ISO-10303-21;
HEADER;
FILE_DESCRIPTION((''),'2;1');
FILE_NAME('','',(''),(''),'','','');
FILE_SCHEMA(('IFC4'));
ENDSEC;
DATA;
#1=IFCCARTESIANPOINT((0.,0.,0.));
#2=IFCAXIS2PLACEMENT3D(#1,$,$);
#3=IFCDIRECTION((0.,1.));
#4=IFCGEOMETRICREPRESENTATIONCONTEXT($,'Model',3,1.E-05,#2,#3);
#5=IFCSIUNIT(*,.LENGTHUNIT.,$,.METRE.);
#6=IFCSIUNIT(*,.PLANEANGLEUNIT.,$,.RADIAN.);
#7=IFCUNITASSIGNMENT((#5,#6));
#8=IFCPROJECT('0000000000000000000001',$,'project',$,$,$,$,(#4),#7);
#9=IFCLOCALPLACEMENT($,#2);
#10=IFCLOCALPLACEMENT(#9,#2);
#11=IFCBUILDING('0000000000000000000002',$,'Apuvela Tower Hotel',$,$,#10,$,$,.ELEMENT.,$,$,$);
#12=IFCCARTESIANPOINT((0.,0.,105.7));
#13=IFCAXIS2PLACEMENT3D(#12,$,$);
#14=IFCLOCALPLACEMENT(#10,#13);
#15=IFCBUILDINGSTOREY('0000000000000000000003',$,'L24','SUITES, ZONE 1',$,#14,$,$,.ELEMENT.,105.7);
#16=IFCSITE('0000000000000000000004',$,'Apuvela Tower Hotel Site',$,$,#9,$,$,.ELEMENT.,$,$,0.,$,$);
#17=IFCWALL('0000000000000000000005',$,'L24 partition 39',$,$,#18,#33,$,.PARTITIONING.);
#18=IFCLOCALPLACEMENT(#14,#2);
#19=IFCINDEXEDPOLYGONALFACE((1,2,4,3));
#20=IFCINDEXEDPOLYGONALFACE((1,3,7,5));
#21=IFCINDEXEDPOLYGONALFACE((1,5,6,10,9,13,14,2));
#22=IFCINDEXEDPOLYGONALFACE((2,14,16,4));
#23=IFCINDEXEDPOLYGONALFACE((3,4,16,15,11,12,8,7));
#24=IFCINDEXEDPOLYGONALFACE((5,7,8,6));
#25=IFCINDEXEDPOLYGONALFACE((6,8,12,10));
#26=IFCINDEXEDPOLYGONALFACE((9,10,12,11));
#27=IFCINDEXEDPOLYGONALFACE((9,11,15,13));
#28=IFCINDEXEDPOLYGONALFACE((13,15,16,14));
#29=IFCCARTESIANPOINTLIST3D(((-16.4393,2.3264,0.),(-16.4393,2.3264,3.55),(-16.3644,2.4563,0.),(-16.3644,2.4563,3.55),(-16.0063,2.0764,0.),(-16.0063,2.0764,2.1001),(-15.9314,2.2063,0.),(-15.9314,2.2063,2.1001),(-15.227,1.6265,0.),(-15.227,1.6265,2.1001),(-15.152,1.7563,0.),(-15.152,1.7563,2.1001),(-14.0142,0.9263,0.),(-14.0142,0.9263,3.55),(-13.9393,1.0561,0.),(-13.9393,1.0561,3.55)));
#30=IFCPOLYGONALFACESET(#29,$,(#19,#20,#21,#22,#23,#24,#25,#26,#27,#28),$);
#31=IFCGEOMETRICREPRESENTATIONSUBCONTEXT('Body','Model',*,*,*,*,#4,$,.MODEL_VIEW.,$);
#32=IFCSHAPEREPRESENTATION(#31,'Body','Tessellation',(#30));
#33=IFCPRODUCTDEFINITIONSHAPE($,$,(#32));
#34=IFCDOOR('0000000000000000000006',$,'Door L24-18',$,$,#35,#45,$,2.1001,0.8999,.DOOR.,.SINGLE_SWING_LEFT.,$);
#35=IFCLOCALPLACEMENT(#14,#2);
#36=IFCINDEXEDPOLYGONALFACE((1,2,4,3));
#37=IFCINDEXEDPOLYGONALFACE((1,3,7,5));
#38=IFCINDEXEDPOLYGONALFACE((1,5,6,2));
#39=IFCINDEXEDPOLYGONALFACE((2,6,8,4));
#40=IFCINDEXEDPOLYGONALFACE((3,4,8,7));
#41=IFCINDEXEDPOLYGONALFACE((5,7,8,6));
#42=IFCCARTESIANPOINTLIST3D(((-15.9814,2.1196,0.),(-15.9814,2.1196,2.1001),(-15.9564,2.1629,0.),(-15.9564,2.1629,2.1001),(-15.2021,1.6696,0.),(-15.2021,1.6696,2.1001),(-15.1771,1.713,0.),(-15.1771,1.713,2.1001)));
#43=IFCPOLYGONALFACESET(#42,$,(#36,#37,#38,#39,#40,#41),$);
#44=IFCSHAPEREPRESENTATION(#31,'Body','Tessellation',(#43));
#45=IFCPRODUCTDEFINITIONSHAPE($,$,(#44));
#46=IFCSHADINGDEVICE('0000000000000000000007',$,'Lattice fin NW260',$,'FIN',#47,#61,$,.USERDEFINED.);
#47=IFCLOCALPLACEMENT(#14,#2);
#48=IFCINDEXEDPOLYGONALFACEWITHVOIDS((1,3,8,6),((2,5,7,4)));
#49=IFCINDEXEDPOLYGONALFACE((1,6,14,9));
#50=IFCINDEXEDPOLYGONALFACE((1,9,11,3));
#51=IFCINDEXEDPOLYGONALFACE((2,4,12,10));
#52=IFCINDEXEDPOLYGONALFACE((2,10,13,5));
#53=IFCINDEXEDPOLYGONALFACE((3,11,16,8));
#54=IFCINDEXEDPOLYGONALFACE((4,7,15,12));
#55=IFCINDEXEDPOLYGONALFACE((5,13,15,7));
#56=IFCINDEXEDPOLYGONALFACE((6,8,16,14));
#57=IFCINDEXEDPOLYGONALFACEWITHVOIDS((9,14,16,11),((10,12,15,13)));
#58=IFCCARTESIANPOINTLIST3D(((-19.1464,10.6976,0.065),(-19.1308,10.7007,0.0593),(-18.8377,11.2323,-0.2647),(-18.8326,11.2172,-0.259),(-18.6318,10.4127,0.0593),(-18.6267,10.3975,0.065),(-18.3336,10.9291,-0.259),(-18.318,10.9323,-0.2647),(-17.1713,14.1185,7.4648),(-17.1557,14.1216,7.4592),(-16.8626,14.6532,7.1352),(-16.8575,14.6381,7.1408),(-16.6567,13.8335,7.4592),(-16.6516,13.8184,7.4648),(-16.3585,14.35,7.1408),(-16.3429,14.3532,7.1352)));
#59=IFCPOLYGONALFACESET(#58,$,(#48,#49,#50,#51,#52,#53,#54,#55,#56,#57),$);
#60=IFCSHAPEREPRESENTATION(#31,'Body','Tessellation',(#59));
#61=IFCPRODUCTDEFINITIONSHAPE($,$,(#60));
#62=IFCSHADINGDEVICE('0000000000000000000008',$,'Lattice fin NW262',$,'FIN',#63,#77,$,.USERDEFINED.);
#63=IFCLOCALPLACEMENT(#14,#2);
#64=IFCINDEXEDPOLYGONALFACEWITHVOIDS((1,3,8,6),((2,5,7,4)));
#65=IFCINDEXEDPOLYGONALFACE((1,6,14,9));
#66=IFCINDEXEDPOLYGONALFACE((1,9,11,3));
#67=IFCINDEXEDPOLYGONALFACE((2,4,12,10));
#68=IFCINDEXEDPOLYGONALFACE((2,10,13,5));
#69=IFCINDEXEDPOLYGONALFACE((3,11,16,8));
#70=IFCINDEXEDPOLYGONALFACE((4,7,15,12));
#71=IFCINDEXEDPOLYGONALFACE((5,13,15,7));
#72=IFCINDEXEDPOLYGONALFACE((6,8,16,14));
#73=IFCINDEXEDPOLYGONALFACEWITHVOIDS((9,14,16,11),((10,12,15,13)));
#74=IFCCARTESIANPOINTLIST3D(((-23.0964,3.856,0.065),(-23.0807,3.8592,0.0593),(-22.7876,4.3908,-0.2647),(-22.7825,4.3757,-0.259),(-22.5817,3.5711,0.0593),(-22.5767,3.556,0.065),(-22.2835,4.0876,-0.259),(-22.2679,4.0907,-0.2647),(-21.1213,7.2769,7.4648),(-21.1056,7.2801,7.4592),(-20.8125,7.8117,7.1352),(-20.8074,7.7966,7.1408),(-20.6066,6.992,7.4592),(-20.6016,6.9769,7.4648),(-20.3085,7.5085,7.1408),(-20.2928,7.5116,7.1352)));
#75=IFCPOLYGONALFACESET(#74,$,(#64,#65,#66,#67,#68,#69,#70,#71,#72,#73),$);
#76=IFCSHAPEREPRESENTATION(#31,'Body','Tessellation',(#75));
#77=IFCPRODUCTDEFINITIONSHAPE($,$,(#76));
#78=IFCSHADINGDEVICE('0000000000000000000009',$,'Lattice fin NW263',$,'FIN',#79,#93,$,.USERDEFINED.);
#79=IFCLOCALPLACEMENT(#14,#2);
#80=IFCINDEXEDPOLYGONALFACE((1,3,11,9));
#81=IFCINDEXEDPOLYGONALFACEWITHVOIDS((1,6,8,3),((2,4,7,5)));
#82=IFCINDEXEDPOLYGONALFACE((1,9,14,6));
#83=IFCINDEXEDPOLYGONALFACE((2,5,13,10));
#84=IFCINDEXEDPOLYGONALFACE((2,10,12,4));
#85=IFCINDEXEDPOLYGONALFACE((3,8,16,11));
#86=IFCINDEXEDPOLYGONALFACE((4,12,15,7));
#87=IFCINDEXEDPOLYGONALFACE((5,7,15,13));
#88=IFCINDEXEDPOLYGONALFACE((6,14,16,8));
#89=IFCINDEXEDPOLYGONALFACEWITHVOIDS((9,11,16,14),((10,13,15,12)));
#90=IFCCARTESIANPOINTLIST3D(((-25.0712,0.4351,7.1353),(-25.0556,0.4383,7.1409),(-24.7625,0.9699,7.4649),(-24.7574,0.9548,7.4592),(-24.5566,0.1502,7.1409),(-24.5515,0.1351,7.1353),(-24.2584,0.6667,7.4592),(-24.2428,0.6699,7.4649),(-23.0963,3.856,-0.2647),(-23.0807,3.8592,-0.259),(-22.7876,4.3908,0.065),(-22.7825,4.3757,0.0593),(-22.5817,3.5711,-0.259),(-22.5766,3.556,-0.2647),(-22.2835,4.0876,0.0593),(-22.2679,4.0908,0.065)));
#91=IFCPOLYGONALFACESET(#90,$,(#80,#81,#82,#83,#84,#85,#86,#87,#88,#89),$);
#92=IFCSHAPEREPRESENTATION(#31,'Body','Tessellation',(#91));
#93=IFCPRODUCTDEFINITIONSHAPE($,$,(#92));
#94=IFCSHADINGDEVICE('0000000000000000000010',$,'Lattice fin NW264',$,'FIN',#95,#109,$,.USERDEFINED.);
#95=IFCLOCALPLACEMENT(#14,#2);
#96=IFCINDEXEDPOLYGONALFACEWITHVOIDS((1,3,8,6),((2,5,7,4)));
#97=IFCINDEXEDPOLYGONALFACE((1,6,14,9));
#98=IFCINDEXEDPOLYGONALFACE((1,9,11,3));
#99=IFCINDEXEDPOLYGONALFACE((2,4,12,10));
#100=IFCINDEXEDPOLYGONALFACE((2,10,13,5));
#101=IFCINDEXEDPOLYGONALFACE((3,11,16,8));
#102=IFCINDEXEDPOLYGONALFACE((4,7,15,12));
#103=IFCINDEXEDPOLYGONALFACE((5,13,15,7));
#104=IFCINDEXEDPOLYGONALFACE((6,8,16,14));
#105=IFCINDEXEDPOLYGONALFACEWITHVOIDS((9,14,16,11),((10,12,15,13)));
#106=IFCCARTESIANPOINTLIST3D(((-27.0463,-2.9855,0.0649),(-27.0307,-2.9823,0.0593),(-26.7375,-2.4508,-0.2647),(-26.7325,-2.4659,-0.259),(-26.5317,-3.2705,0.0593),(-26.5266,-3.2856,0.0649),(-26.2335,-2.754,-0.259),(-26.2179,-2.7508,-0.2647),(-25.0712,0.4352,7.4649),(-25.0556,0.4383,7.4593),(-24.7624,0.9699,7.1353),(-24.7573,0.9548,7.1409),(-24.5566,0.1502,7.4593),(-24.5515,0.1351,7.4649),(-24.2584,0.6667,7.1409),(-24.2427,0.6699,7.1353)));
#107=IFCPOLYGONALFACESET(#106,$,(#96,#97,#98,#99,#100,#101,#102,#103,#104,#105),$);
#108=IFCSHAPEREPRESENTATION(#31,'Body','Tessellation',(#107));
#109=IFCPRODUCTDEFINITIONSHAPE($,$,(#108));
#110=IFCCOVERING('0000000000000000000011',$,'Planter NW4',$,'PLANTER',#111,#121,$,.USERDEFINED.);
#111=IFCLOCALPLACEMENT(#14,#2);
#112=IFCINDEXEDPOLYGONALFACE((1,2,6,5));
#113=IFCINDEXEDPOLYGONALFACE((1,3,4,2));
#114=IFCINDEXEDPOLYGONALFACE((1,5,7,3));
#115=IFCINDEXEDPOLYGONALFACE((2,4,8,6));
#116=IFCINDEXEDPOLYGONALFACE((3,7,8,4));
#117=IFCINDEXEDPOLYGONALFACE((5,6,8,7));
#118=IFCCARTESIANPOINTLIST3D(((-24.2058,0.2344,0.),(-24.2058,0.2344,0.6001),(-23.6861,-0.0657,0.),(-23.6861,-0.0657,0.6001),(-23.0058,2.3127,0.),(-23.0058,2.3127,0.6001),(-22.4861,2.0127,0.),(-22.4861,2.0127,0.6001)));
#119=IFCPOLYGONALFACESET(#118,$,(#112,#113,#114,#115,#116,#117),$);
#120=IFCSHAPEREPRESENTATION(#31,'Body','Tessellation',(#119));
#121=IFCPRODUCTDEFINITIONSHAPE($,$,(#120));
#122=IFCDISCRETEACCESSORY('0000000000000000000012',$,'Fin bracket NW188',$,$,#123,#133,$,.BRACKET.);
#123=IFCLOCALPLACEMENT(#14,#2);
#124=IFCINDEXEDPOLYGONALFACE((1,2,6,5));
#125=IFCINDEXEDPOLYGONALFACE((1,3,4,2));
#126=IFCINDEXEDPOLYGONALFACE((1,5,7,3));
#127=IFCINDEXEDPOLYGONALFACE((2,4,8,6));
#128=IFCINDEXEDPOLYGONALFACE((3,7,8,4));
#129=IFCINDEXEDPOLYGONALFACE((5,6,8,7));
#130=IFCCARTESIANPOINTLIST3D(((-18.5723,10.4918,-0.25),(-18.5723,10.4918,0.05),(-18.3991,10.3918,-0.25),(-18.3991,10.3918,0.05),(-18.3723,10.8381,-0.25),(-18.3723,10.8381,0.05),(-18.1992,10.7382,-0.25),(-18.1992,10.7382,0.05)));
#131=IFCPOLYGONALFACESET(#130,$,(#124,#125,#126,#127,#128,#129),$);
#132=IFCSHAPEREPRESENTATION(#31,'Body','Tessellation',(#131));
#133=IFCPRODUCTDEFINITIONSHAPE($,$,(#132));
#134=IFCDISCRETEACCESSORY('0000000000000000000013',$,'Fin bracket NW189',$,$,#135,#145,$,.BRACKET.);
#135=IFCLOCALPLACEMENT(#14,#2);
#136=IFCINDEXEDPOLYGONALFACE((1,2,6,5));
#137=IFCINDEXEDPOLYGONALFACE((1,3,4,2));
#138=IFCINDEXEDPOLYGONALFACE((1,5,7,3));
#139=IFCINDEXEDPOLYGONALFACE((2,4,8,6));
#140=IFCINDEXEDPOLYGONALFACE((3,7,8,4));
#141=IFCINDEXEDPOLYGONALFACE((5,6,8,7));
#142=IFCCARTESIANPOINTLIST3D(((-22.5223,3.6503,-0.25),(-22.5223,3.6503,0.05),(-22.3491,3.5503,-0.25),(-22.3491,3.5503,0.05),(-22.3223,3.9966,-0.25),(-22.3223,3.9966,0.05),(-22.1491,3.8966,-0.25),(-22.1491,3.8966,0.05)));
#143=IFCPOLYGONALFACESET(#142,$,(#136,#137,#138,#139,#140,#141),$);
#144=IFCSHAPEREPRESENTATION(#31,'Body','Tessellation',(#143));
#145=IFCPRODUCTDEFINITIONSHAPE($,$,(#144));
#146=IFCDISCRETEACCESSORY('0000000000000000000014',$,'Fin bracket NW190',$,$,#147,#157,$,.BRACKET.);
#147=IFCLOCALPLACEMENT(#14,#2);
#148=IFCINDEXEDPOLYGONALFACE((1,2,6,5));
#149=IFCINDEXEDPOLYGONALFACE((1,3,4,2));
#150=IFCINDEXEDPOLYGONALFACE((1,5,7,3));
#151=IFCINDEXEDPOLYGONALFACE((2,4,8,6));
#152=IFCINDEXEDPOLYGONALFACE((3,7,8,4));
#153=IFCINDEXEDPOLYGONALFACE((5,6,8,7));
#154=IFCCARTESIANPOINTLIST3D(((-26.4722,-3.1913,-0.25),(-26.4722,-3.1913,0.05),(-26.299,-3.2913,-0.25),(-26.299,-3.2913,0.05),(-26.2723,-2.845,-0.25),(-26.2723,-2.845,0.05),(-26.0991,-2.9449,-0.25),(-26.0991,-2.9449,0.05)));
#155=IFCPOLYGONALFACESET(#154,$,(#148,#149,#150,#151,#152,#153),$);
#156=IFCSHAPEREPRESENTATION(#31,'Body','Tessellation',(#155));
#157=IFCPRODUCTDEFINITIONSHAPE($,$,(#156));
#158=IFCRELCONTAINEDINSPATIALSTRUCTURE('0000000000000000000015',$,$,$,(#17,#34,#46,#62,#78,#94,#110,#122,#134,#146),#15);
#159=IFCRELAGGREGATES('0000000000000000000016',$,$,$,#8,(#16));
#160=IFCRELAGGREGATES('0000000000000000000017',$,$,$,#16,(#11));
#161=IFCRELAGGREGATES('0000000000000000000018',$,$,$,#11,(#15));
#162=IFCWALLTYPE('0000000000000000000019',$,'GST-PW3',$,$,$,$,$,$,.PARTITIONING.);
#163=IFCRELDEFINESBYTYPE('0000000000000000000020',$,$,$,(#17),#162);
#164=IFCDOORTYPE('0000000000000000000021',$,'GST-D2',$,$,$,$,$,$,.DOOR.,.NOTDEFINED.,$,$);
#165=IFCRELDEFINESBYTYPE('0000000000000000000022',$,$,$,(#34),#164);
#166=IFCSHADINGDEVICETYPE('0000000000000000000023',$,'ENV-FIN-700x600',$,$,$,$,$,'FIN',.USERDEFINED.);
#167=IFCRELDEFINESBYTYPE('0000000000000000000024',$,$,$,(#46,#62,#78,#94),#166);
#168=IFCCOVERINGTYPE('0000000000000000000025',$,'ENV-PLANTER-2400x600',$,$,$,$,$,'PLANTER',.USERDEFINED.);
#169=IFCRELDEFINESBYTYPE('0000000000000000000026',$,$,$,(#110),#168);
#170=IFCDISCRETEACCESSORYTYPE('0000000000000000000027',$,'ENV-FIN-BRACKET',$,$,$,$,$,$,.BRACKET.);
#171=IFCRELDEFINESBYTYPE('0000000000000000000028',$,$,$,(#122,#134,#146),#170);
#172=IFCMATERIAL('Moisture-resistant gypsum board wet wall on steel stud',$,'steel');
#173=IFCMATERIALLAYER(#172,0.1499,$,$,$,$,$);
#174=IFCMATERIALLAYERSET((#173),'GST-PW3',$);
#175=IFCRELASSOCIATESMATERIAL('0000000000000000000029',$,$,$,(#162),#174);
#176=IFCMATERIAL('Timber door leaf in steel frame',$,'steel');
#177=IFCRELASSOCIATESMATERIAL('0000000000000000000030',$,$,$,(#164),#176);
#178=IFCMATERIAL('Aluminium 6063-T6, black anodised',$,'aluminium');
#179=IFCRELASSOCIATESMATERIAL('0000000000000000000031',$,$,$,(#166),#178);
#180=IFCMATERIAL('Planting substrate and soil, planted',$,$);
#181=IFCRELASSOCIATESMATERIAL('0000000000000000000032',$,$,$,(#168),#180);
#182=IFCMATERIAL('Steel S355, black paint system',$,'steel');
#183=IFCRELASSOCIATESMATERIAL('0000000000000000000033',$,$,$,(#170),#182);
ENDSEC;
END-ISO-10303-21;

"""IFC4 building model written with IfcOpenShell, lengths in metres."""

from ifc_helpers import new_model, si_unit, direction, frame, frame_2d, origin, origin_2d, place, context, subcontext, project, spatial, rectangle, hollow_rectangle, extrude, material, layer, layer_set, material_profile, profile_set, type_object, element, fill, save


model = new_model("IFC4")

# Units and contexts
model_context = context("Model", 3, precision=1e-05, world=origin(), true_north=direction((0.0, 1.0)))
body_context = subcontext(model_context, "Body", "Model", "MODEL_VIEW")
ifc_project = project(units=[si_unit("LENGTHUNIT", "METRE"), si_unit("PLANEANGLEUNIT", "RADIAN")], contexts=[model_context])

# Site, building, storey
site_placement = place(None, origin())
site = spatial("IfcSite", under=ifc_project, at=site_placement, Name="Apuvela Tower Hotel Site", CompositionType="ELEMENT", RefElevation=0.0)
building_placement = place(site_placement, origin())
building = spatial("IfcBuilding", under=site, at=building_placement, Name="Apuvela Tower Hotel", CompositionType="ELEMENT")
storey_placement = place(building_placement, frame((0.0, 0.0, 105.7)))
storey = spatial("IfcBuildingStorey", under=building, at=storey_placement, Name="L24", Description="SUITES, ZONE 1", CompositionType="ELEMENT", Elevation=105.7)

# Wall, opening, door
ifc_material_1 = material(Name="Moisture-resistant gypsum board wet wall on steel stud", Category="steel")
ifc_layer_1 = layer(ifc_material_1, 0.1499)
ifc_layer_set_1 = layer_set([ifc_layer_1], Name="GST-PW3")
wall_type_1 = type_object("IfcWallType", Name="GST-PW3", PredefinedType="PARTITIONING", material=ifc_layer_set_1)
wall_1_placement = place(storey_placement, frame((-16.4019, 2.3914, 0.0), z_axis=(0.0, 0.0, 1.0), x_axis=(0.866019, -0.500012, 0.0)))
wall_1 = element("IfcWall", 1, at=wall_1_placement, inside=storey, type_object=wall_type_1, Name="L24 partition 39", PredefinedType="PARTITIONING", context=body_context, shape_type="SweptSolid", body=[
    extrude(rectangle(XDim=2.8003, YDim=0.1499, at=frame_2d((1.4001, 0.0))), origin(), (0.0, 0.0, 1.0), 3.55),
])
opening_1_placement = place(wall_1_placement, frame((0.5, 0.0, 0.0)))
opening_1 = element("IfcOpeningElement", 2, at=opening_1_placement, cuts=wall_1, PredefinedType="OPENING", context=body_context, shape_type="SweptSolid", body=[
    extrude(rectangle(XDim=0.8999, YDim=2.1001, at=frame_2d((0.45, 1.05))), frame((0.0, 0.085, 0.0), z_axis=(0.0, -1.0, 0.0), x_axis=(1.0, 0.0, 0.0)), (0.0, 0.0, 1.0), 0.1699),
])
ifc_material_2 = material(Name="Timber door leaf in steel frame", Category="steel")
door_type_1 = type_object("IfcDoorType", Name="GST-D2", OperationType="NOTDEFINED", PredefinedType="DOOR", material=ifc_material_2)
door_1_placement = place(opening_1_placement, origin())
door_1 = element("IfcDoor", 3, at=door_1_placement, inside=storey, type_object=door_type_1, Name="Door L24-18", OperationType="SINGLE_SWING_LEFT", OverallHeight=2.1001, OverallWidth=0.8999, PredefinedType="DOOR", context=body_context, shape_type="SweptSolid", body=[
    extrude(rectangle(XDim=0.8999, YDim=2.1001, at=frame_2d((0.45, 1.05))), frame((0.0, 0.0249, 0.0), z_axis=(0.0, -1.0, 0.0), x_axis=(1.0, 0.0, 0.0)), (0.0, 0.0, 1.0), 0.05),
])
fill(opening_1, door_1)

# Shading devices
ifc_material_3 = material(Name="Aluminium 6063-T6, black anodised", Category="aluminium")
ifc_material_profile_1 = material_profile(ifc_material_3, hollow_rectangle(XDim=0.6001, YDim=0.7, WallThickness=0.012, at=origin_2d()), Name="AL BOX 700x600x12")
ifc_profile_set_1 = profile_set([ifc_material_profile_1], Name="Aluminium 6063-T6, black anodised")
shading_device_type = type_object("IfcShadingDeviceType", Name="ENV-FIN-700x600", ElementType="FIN", PredefinedType="USERDEFINED", material=ifc_profile_set_1)
for number, where, z_axis, x_axis, name in (
    (4, (-18.7322, 10.8149, -0.0999), (0.235461, 0.407822, 0.882179), (-0.866021, 0.500008, 0.0), "Lattice fin NW260"),
    (5, (-22.6821, 3.9734, -0.0999), (0.235461, 0.407822, 0.882179), (-0.866021, 0.500008, 0.0), "Lattice fin NW262"),
    (6, (-22.6821, 3.9734, -0.0999), (-0.235434, -0.407825, 0.882185), (0.866048, -0.499961, 0.0), "Lattice fin NW263"),
    (7, (-26.6321, -2.8682, -0.0999), (0.235464, 0.407798, 0.882189), (-0.866005, 0.500035, 0.0), "Lattice fin NW264"),
):
    element("IfcShadingDevice", number, at=place(storey_placement, frame(where, z_axis=z_axis, x_axis=x_axis)), inside=storey, type_object=shading_device_type, Name=name, ObjectType="FIN", PredefinedType="USERDEFINED", context=body_context, shape_type="SweptSolid", body=[
        extrude(hollow_rectangle(XDim=0.6001, YDim=0.7, WallThickness=0.012, at=origin_2d()), origin(), (0.0, 0.0, 1.0), 8.3882),
    ])

# Covering
ifc_material_4 = material(Name="Planting substrate and soil, planted")
covering_type = type_object("IfcCoveringType", Name="ENV-PLANTER-2400x600", ElementType="PLANTER", PredefinedType="USERDEFINED", material=ifc_material_4)
covering_placement = place(storey_placement, frame((-23.3459, 1.1235, 0.0), z_axis=(0.0, 0.0, 1.0), x_axis=(-0.5, -0.866025, 0.0)))
element("IfcCovering", 8, at=covering_placement, inside=storey, type_object=covering_type, Name="Planter NW4", ObjectType="PLANTER", PredefinedType="USERDEFINED", context=body_context, shape_type="SweptSolid", body=[
    extrude(rectangle(XDim=2.3999, YDim=0.6001, at=origin_2d()), origin(), (0.0, 0.0, 1.0), 0.6001),
])

# Discrete accessories
ifc_material_5 = material(Name="Steel S355, black paint system", Category="steel")
discrete_accessory_type = type_object("IfcDiscreteAccessoryType", Name="ENV-FIN-BRACKET", PredefinedType="BRACKET", material=ifc_material_5)
for number, where, z_axis, x_axis, name in (
    (9, (-18.3857, 10.615, -0.25), (0.0, 0.0, 1.0), (-0.5, -0.866025, 0.0), "Fin bracket NW188"),
    (10, (-22.3357, 3.7734, -0.25), (0.0, 0.0, 1.0), (-0.5, -0.866025, 0.0), "Fin bracket NW189"),
    (11, (-26.2856, -3.0681, -0.25), (0.0, 0.0, 1.0), (-0.5, -0.866025, 0.0), "Fin bracket NW190"),
):
    element("IfcDiscreteAccessory", number, at=place(storey_placement, frame(where, z_axis=z_axis, x_axis=x_axis)), inside=storey, type_object=discrete_accessory_type, Name=name, PredefinedType="BRACKET", context=body_context, shape_type="SweptSolid", body=[
        extrude(rectangle(XDim=0.3999, YDim=0.2, at=origin_2d()), origin(), (0.0, 0.0, 1.0), 0.3),
    ])

save(model, "model.ifc")
